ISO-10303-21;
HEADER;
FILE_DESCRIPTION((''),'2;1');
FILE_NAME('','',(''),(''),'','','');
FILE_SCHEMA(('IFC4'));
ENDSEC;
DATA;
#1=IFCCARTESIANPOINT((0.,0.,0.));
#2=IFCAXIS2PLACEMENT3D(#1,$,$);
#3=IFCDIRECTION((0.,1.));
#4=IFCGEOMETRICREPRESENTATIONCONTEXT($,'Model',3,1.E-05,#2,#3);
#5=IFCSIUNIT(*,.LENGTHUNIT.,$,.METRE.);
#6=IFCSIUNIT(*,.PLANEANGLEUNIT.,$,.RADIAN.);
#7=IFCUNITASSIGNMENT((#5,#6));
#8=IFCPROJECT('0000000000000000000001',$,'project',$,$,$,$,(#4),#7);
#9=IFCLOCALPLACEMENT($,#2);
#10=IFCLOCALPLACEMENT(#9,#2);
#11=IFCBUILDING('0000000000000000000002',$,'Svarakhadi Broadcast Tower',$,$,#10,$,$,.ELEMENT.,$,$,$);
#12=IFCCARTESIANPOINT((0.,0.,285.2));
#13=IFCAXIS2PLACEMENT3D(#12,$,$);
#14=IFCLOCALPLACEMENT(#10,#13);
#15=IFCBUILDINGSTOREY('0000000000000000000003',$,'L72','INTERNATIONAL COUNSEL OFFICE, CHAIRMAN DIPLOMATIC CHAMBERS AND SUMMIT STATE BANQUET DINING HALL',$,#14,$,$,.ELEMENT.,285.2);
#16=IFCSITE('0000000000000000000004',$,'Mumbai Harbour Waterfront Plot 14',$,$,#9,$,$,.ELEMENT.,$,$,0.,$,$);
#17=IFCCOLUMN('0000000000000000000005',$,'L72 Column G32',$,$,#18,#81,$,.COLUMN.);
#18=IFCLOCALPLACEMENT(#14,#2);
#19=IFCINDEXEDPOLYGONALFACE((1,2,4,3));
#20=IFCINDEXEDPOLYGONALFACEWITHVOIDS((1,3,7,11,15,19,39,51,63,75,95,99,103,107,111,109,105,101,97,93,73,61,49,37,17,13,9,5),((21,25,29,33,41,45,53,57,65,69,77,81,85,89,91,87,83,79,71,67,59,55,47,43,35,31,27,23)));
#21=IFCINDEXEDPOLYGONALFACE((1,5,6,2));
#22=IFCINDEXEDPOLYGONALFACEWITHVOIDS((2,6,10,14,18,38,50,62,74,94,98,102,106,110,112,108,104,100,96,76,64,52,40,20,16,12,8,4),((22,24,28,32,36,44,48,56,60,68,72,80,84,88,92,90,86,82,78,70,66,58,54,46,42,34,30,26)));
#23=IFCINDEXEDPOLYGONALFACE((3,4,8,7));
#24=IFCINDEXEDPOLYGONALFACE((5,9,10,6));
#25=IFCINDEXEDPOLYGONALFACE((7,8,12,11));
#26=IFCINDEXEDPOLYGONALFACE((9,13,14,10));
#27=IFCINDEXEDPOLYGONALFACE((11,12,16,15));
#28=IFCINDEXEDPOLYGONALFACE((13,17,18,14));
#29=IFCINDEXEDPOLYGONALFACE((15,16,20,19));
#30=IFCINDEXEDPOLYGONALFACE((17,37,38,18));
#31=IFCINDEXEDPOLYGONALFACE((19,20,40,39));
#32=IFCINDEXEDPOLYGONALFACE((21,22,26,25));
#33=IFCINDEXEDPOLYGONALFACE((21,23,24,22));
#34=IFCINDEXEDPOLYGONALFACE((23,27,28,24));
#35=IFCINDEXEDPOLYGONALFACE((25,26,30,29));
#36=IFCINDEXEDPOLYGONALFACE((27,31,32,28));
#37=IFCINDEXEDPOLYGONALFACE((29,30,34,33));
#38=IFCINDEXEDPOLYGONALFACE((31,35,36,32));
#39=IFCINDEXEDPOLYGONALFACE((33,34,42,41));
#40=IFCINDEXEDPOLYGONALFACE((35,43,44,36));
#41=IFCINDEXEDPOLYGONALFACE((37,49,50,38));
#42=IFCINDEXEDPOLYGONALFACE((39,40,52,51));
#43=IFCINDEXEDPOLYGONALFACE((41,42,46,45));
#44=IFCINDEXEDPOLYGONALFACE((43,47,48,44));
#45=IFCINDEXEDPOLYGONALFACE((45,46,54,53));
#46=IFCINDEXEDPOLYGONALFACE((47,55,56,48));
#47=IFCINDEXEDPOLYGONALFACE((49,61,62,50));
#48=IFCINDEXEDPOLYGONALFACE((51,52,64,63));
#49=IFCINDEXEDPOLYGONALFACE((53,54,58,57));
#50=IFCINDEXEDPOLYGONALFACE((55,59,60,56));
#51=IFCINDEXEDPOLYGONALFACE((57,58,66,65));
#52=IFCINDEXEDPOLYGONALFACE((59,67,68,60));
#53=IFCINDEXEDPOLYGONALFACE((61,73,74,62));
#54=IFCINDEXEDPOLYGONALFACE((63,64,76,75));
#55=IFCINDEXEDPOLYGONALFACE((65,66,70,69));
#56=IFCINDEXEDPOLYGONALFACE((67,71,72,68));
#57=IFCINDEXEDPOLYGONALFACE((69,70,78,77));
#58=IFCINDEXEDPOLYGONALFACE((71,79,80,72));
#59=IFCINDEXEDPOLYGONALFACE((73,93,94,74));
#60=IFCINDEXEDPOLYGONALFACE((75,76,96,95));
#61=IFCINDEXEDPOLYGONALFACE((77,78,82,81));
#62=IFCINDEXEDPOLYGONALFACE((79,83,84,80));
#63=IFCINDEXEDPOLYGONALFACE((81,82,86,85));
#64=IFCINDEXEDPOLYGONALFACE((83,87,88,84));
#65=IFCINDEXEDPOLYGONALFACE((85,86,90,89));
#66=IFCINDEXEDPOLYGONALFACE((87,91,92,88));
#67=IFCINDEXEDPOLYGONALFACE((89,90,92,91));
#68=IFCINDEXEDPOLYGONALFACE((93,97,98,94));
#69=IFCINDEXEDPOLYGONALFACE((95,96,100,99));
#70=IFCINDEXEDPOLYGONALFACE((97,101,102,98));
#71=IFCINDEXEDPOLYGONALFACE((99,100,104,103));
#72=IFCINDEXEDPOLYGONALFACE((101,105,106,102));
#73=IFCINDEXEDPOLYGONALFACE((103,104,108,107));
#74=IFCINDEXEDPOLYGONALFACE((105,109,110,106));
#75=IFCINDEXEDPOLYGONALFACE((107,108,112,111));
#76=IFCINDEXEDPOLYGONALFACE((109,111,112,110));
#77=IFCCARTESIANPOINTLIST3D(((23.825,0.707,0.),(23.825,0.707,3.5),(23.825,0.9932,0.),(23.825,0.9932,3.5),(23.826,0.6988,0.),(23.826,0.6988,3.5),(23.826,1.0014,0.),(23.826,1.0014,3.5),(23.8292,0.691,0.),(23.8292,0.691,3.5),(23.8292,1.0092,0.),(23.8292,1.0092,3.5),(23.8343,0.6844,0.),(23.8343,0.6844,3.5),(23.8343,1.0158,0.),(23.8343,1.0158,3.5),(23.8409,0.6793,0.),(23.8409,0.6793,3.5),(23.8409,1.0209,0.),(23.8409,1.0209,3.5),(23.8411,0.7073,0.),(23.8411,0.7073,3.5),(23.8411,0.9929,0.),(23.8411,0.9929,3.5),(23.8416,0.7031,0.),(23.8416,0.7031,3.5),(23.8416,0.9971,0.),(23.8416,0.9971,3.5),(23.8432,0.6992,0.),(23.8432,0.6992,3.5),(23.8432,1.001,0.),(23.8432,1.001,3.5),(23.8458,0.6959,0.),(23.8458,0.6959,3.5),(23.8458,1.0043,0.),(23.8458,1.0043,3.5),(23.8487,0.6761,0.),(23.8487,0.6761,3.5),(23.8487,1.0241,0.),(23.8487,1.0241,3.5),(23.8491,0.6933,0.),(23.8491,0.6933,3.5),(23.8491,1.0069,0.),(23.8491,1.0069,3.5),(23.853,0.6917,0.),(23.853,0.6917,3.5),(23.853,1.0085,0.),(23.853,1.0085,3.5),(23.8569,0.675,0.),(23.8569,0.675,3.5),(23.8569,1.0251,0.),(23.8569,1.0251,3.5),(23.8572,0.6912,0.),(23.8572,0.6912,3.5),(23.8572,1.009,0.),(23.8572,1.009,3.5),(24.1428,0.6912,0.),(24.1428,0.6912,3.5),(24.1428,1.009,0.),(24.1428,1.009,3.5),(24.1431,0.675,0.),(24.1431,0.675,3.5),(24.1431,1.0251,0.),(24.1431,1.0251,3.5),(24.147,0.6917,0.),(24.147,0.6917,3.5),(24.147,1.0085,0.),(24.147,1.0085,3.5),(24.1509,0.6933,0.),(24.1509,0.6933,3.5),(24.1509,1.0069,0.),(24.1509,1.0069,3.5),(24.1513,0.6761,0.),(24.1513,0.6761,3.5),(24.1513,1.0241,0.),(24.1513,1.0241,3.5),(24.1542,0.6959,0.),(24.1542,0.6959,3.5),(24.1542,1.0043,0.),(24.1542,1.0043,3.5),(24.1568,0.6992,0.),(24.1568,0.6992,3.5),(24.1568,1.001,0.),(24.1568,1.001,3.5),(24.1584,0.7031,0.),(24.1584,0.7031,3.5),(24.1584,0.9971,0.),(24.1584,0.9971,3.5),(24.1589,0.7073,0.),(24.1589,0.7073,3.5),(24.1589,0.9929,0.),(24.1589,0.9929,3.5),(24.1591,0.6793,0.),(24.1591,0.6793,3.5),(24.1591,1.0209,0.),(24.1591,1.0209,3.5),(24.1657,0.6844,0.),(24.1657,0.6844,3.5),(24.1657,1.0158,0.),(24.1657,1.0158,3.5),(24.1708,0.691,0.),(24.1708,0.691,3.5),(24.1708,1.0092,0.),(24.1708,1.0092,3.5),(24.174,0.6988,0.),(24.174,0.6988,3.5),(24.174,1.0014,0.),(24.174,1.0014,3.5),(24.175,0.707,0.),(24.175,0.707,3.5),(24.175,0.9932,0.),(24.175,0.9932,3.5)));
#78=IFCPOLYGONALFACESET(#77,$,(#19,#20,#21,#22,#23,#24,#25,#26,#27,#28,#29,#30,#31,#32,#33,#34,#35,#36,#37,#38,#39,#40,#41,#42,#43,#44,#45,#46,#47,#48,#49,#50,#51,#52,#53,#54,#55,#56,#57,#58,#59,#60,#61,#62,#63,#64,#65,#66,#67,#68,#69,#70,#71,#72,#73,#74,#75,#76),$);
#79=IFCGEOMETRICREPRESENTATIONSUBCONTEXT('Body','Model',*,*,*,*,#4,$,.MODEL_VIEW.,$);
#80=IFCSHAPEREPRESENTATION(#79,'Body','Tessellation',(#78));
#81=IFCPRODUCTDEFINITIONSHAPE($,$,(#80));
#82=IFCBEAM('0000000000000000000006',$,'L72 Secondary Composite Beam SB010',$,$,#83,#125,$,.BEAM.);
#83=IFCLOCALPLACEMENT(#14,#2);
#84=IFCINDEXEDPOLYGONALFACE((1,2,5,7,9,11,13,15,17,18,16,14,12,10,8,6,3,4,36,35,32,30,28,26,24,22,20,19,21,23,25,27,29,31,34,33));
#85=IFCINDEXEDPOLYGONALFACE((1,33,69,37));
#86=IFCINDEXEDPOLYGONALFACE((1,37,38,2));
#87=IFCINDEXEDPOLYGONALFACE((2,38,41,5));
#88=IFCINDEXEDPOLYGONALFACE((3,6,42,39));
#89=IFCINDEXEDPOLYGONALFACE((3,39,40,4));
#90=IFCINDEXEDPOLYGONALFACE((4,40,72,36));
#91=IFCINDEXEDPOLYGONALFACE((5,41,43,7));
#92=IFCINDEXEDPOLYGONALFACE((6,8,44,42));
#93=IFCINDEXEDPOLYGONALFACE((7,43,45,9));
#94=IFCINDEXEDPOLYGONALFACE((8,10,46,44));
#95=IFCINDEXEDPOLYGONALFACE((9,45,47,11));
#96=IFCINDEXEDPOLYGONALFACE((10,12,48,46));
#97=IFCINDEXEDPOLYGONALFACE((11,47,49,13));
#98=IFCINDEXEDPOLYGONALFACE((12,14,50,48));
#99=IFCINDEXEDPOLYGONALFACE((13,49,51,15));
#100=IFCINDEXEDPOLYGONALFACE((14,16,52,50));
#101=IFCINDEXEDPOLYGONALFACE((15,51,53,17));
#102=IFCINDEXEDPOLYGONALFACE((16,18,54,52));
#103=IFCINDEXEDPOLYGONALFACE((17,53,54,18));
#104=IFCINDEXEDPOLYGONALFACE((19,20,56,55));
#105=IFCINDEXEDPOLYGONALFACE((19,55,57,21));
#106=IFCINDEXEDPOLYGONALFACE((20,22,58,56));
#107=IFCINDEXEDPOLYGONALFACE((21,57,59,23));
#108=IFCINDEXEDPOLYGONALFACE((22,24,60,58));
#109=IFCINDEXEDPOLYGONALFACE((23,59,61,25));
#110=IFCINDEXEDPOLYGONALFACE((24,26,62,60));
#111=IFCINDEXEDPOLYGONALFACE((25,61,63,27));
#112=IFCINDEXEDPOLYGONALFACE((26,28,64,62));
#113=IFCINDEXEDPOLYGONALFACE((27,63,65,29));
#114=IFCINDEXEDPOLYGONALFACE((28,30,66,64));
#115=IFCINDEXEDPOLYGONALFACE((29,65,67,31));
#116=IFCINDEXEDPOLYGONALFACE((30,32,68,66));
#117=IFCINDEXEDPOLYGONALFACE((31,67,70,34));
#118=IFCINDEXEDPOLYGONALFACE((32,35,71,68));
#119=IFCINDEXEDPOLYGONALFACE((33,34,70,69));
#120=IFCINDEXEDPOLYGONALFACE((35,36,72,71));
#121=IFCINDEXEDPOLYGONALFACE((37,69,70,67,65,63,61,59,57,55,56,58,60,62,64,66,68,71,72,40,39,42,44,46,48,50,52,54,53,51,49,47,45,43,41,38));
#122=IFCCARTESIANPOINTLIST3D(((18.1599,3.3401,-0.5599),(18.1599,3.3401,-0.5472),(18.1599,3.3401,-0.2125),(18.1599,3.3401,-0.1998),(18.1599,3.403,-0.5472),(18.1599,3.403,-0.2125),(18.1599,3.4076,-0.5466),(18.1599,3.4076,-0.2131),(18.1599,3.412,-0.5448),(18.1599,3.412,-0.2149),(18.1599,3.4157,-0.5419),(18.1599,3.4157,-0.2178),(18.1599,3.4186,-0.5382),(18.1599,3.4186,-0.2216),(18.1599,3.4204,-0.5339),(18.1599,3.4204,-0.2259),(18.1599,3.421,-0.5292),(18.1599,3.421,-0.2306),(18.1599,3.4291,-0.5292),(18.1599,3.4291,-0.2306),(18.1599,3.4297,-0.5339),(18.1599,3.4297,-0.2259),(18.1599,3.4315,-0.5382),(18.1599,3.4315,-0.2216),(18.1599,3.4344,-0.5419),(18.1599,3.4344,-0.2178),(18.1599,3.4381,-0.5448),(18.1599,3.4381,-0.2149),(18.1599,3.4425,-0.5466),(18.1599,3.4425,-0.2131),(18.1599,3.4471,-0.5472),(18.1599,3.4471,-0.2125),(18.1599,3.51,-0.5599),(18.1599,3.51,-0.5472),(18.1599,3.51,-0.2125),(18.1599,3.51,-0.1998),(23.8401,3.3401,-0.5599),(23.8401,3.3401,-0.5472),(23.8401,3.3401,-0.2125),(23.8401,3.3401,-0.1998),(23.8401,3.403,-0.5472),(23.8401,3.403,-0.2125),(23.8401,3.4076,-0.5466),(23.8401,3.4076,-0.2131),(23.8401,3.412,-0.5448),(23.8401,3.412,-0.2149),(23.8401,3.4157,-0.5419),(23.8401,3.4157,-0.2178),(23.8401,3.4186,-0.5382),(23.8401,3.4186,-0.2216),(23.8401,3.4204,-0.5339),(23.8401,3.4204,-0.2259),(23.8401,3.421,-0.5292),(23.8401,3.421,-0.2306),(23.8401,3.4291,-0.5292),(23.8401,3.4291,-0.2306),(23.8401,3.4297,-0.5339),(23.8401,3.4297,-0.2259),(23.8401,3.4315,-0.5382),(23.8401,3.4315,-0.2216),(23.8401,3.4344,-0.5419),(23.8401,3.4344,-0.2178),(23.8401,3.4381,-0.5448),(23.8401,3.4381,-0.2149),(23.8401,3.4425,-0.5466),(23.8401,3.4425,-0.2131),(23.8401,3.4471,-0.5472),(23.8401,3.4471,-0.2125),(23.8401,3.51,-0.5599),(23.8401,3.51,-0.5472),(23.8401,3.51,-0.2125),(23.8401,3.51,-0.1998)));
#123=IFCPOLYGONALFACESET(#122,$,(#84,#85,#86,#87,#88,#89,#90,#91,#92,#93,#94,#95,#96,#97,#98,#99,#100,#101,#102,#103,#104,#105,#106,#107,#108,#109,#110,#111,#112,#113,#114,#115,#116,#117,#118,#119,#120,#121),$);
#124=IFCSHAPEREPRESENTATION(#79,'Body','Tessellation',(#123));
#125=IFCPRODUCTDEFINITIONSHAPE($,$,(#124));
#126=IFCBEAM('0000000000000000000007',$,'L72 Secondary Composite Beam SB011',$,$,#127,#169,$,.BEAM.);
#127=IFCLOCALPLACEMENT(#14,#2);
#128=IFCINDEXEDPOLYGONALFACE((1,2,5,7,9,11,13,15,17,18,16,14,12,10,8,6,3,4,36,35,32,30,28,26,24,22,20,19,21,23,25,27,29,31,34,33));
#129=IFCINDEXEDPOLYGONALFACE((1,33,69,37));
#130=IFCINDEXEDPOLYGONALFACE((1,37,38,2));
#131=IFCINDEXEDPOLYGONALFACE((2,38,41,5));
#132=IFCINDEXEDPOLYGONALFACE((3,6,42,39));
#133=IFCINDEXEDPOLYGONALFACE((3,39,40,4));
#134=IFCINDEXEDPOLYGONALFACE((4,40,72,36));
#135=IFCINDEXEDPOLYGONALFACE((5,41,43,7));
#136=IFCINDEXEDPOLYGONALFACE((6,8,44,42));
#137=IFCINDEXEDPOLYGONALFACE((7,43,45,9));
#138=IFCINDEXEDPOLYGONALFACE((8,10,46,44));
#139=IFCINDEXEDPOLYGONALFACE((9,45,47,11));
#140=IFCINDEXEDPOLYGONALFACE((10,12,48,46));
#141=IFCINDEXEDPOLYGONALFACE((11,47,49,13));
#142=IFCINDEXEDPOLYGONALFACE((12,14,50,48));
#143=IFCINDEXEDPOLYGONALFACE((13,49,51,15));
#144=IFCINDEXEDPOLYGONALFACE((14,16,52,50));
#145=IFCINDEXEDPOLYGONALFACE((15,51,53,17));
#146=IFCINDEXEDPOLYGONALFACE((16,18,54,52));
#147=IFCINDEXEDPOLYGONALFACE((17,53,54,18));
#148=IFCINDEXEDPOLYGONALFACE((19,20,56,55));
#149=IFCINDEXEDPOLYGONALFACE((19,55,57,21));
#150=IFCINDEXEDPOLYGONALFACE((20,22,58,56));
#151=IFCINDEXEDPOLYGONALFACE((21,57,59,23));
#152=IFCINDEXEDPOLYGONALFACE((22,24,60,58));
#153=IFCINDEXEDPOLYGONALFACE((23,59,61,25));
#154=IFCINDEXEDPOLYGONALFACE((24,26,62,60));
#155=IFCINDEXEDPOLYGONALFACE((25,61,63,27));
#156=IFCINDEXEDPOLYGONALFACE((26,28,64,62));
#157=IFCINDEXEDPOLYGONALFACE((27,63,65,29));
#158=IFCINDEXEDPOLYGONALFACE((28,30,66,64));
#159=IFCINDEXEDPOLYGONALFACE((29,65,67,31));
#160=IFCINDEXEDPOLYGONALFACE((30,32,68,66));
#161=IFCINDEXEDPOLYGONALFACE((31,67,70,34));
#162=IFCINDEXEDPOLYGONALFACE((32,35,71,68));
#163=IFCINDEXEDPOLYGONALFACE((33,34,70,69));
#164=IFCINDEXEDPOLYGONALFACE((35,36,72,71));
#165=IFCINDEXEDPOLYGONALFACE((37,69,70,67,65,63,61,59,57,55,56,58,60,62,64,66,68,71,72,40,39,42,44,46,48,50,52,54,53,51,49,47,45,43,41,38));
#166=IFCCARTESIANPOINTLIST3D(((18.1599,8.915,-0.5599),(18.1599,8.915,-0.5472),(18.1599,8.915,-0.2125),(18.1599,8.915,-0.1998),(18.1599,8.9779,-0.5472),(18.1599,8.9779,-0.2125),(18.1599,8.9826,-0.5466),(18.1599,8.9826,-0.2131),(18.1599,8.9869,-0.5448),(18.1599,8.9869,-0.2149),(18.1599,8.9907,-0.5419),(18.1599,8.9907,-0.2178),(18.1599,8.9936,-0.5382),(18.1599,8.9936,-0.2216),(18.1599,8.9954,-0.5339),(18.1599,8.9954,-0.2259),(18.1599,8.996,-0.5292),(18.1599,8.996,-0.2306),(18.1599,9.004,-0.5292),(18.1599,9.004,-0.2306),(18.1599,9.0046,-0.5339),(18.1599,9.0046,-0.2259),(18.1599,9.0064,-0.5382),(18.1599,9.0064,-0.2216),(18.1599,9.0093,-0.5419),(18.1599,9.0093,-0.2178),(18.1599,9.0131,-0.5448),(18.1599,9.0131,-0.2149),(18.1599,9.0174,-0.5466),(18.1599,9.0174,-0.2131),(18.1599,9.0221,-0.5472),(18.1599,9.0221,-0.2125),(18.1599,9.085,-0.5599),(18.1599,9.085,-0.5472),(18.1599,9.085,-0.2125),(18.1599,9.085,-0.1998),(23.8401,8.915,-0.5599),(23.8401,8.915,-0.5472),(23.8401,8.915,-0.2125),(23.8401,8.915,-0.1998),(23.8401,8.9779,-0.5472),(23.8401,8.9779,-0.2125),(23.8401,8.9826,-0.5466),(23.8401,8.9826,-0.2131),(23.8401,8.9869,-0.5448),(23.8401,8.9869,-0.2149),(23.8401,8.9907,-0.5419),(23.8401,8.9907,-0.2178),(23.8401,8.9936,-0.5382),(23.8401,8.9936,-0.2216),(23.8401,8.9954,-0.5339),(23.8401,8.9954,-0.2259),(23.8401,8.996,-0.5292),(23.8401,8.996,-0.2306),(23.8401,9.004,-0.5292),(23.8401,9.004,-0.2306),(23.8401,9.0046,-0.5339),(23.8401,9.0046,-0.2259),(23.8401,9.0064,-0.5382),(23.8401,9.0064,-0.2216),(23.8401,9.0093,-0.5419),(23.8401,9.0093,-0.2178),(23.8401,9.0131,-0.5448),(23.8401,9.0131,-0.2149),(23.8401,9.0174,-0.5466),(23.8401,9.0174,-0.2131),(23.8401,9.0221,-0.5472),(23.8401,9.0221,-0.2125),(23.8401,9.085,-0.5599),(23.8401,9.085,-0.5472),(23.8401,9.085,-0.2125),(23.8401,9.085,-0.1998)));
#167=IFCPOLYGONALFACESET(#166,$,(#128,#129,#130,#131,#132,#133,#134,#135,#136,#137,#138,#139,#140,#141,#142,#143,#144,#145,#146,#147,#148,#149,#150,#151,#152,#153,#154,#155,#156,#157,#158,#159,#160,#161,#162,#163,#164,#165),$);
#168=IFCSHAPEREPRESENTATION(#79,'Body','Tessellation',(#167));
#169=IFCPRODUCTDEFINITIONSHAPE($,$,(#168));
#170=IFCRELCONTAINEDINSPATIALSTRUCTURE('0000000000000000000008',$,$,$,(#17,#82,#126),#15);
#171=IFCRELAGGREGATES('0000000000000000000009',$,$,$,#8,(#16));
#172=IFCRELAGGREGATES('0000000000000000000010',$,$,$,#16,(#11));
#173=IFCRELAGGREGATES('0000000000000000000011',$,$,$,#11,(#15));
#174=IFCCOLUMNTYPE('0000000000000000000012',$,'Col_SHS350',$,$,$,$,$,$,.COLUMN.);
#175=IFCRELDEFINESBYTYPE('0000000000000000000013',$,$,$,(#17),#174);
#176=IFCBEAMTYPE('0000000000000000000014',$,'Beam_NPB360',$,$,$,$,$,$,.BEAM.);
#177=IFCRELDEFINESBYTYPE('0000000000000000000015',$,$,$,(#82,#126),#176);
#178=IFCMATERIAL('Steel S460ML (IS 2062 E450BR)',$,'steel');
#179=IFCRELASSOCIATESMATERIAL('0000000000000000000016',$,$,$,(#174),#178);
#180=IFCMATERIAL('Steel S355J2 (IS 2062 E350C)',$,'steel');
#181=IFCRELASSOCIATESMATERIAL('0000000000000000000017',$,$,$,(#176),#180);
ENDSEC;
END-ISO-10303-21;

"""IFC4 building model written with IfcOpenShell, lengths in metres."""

from ifc_helpers import new_model, si_unit, direction, frame, origin, origin_2d, place, context, subcontext, project, spatial, hollow_rectangle, i_section, extrude, material, material_profile, profile_set, type_object, element, save


model = new_model("IFC4")

# Units and contexts
model_context = context("Model", 3, precision=1e-05, world=origin(), true_north=direction((0.0, 1.0)))
body_context = subcontext(model_context, "Body", "Model", "MODEL_VIEW")
ifc_project = project(units=[si_unit("LENGTHUNIT", "METRE"), si_unit("PLANEANGLEUNIT", "RADIAN")], contexts=[model_context])

# Site, building, storey
site_placement = place(None, origin())
site = spatial("IfcSite", under=ifc_project, at=site_placement, Name="Mumbai Harbour Waterfront Plot 14", CompositionType="ELEMENT", RefElevation=0.0)
building_placement = place(site_placement, origin())
building = spatial("IfcBuilding", under=site, at=building_placement, Name="Svarakhadi Broadcast Tower", CompositionType="ELEMENT")
storey_placement = place(building_placement, frame((0.0, 0.0, 285.2)))
storey = spatial("IfcBuildingStorey", under=building, at=storey_placement, Name="L72", Description="INTERNATIONAL COUNSEL OFFICE, CHAIRMAN DIPLOMATIC CHAMBERS AND SUMMIT STATE BANQUET DINING HALL", CompositionType="ELEMENT", Elevation=285.2)

# Column
ifc_material_1 = material(Name="Steel S460ML (IS 2062 E450BR)", Category="steel")
ifc_material_profile_1 = material_profile(ifc_material_1, hollow_rectangle(XDim=0.3501, YDim=0.3501, WallThickness=0.0161, InnerFilletRadius=0.0161, OuterFilletRadius=0.032, at=origin_2d()), Name="SHS 350x350x16")
ifc_profile_set_1 = profile_set([ifc_material_profile_1], Name="Steel S460ML (IS 2062 E450BR)")
column_type_1 = type_object("IfcColumnType", Name="Col_SHS350", PredefinedType="COLUMN", material=ifc_profile_set_1)
for number, where, z_axis, x_axis, name in (
    (1, (24.0, 0.8501, 0.0), (0.0, 0.0, 1.0), (1.0, 0.0, 0.0), "L72 Column G32"),
):
    element("IfcColumn", number, at=place(storey_placement, frame(where, z_axis=z_axis, x_axis=x_axis)), inside=storey, type_object=column_type_1, Name=name, PredefinedType="COLUMN", context=body_context, shape_type="SweptSolid", body=[
        extrude(hollow_rectangle(XDim=0.3501, YDim=0.3501, WallThickness=0.0161, InnerFilletRadius=0.0161, OuterFilletRadius=0.032, at=origin_2d()), origin(), (0.0, 0.0, 1.0), 3.5),
    ])

# Beams
ifc_material_2 = material(Name="Steel S355J2 (IS 2062 E350C)", Category="steel")
ifc_material_profile_2 = material_profile(ifc_material_2, i_section(OverallWidth=0.1699, OverallDepth=0.3601, WebThickness=0.0081, FlangeThickness=0.0127, FilletRadius=0.0181, at=origin_2d()), Name="NPB 360x170x57")
ifc_profile_set_2 = profile_set([ifc_material_profile_2], Name="Steel S355J2 (IS 2062 E350C)")
beam_type_1 = type_object("IfcBeamType", Name="Beam_NPB360", PredefinedType="BEAM", material=ifc_profile_set_2)
for number, where, z_axis, x_axis, name in (
    (2, (18.1599, 3.425, -0.3799), (1.0, 0.0, 0.0), (0.0, 1.0, 0.0), "L72 Secondary Composite Beam SB010"),
    (3, (18.1599, 9.0, -0.3799), (1.0, 0.0, 0.0), (0.0, 1.0, 0.0), "L72 Secondary Composite Beam SB011"),
):
    element("IfcBeam", number, at=place(storey_placement, frame(where, z_axis=z_axis, x_axis=x_axis)), inside=storey, type_object=beam_type_1, Name=name, PredefinedType="BEAM", context=body_context, shape_type="SweptSolid", body=[
        extrude(i_section(OverallWidth=0.1699, OverallDepth=0.3601, WebThickness=0.0081, FlangeThickness=0.0127, FilletRadius=0.0181, at=origin_2d()), origin(), (0.0, 0.0, 1.0), 5.6802),
    ])

save(model, "model.ifc")
